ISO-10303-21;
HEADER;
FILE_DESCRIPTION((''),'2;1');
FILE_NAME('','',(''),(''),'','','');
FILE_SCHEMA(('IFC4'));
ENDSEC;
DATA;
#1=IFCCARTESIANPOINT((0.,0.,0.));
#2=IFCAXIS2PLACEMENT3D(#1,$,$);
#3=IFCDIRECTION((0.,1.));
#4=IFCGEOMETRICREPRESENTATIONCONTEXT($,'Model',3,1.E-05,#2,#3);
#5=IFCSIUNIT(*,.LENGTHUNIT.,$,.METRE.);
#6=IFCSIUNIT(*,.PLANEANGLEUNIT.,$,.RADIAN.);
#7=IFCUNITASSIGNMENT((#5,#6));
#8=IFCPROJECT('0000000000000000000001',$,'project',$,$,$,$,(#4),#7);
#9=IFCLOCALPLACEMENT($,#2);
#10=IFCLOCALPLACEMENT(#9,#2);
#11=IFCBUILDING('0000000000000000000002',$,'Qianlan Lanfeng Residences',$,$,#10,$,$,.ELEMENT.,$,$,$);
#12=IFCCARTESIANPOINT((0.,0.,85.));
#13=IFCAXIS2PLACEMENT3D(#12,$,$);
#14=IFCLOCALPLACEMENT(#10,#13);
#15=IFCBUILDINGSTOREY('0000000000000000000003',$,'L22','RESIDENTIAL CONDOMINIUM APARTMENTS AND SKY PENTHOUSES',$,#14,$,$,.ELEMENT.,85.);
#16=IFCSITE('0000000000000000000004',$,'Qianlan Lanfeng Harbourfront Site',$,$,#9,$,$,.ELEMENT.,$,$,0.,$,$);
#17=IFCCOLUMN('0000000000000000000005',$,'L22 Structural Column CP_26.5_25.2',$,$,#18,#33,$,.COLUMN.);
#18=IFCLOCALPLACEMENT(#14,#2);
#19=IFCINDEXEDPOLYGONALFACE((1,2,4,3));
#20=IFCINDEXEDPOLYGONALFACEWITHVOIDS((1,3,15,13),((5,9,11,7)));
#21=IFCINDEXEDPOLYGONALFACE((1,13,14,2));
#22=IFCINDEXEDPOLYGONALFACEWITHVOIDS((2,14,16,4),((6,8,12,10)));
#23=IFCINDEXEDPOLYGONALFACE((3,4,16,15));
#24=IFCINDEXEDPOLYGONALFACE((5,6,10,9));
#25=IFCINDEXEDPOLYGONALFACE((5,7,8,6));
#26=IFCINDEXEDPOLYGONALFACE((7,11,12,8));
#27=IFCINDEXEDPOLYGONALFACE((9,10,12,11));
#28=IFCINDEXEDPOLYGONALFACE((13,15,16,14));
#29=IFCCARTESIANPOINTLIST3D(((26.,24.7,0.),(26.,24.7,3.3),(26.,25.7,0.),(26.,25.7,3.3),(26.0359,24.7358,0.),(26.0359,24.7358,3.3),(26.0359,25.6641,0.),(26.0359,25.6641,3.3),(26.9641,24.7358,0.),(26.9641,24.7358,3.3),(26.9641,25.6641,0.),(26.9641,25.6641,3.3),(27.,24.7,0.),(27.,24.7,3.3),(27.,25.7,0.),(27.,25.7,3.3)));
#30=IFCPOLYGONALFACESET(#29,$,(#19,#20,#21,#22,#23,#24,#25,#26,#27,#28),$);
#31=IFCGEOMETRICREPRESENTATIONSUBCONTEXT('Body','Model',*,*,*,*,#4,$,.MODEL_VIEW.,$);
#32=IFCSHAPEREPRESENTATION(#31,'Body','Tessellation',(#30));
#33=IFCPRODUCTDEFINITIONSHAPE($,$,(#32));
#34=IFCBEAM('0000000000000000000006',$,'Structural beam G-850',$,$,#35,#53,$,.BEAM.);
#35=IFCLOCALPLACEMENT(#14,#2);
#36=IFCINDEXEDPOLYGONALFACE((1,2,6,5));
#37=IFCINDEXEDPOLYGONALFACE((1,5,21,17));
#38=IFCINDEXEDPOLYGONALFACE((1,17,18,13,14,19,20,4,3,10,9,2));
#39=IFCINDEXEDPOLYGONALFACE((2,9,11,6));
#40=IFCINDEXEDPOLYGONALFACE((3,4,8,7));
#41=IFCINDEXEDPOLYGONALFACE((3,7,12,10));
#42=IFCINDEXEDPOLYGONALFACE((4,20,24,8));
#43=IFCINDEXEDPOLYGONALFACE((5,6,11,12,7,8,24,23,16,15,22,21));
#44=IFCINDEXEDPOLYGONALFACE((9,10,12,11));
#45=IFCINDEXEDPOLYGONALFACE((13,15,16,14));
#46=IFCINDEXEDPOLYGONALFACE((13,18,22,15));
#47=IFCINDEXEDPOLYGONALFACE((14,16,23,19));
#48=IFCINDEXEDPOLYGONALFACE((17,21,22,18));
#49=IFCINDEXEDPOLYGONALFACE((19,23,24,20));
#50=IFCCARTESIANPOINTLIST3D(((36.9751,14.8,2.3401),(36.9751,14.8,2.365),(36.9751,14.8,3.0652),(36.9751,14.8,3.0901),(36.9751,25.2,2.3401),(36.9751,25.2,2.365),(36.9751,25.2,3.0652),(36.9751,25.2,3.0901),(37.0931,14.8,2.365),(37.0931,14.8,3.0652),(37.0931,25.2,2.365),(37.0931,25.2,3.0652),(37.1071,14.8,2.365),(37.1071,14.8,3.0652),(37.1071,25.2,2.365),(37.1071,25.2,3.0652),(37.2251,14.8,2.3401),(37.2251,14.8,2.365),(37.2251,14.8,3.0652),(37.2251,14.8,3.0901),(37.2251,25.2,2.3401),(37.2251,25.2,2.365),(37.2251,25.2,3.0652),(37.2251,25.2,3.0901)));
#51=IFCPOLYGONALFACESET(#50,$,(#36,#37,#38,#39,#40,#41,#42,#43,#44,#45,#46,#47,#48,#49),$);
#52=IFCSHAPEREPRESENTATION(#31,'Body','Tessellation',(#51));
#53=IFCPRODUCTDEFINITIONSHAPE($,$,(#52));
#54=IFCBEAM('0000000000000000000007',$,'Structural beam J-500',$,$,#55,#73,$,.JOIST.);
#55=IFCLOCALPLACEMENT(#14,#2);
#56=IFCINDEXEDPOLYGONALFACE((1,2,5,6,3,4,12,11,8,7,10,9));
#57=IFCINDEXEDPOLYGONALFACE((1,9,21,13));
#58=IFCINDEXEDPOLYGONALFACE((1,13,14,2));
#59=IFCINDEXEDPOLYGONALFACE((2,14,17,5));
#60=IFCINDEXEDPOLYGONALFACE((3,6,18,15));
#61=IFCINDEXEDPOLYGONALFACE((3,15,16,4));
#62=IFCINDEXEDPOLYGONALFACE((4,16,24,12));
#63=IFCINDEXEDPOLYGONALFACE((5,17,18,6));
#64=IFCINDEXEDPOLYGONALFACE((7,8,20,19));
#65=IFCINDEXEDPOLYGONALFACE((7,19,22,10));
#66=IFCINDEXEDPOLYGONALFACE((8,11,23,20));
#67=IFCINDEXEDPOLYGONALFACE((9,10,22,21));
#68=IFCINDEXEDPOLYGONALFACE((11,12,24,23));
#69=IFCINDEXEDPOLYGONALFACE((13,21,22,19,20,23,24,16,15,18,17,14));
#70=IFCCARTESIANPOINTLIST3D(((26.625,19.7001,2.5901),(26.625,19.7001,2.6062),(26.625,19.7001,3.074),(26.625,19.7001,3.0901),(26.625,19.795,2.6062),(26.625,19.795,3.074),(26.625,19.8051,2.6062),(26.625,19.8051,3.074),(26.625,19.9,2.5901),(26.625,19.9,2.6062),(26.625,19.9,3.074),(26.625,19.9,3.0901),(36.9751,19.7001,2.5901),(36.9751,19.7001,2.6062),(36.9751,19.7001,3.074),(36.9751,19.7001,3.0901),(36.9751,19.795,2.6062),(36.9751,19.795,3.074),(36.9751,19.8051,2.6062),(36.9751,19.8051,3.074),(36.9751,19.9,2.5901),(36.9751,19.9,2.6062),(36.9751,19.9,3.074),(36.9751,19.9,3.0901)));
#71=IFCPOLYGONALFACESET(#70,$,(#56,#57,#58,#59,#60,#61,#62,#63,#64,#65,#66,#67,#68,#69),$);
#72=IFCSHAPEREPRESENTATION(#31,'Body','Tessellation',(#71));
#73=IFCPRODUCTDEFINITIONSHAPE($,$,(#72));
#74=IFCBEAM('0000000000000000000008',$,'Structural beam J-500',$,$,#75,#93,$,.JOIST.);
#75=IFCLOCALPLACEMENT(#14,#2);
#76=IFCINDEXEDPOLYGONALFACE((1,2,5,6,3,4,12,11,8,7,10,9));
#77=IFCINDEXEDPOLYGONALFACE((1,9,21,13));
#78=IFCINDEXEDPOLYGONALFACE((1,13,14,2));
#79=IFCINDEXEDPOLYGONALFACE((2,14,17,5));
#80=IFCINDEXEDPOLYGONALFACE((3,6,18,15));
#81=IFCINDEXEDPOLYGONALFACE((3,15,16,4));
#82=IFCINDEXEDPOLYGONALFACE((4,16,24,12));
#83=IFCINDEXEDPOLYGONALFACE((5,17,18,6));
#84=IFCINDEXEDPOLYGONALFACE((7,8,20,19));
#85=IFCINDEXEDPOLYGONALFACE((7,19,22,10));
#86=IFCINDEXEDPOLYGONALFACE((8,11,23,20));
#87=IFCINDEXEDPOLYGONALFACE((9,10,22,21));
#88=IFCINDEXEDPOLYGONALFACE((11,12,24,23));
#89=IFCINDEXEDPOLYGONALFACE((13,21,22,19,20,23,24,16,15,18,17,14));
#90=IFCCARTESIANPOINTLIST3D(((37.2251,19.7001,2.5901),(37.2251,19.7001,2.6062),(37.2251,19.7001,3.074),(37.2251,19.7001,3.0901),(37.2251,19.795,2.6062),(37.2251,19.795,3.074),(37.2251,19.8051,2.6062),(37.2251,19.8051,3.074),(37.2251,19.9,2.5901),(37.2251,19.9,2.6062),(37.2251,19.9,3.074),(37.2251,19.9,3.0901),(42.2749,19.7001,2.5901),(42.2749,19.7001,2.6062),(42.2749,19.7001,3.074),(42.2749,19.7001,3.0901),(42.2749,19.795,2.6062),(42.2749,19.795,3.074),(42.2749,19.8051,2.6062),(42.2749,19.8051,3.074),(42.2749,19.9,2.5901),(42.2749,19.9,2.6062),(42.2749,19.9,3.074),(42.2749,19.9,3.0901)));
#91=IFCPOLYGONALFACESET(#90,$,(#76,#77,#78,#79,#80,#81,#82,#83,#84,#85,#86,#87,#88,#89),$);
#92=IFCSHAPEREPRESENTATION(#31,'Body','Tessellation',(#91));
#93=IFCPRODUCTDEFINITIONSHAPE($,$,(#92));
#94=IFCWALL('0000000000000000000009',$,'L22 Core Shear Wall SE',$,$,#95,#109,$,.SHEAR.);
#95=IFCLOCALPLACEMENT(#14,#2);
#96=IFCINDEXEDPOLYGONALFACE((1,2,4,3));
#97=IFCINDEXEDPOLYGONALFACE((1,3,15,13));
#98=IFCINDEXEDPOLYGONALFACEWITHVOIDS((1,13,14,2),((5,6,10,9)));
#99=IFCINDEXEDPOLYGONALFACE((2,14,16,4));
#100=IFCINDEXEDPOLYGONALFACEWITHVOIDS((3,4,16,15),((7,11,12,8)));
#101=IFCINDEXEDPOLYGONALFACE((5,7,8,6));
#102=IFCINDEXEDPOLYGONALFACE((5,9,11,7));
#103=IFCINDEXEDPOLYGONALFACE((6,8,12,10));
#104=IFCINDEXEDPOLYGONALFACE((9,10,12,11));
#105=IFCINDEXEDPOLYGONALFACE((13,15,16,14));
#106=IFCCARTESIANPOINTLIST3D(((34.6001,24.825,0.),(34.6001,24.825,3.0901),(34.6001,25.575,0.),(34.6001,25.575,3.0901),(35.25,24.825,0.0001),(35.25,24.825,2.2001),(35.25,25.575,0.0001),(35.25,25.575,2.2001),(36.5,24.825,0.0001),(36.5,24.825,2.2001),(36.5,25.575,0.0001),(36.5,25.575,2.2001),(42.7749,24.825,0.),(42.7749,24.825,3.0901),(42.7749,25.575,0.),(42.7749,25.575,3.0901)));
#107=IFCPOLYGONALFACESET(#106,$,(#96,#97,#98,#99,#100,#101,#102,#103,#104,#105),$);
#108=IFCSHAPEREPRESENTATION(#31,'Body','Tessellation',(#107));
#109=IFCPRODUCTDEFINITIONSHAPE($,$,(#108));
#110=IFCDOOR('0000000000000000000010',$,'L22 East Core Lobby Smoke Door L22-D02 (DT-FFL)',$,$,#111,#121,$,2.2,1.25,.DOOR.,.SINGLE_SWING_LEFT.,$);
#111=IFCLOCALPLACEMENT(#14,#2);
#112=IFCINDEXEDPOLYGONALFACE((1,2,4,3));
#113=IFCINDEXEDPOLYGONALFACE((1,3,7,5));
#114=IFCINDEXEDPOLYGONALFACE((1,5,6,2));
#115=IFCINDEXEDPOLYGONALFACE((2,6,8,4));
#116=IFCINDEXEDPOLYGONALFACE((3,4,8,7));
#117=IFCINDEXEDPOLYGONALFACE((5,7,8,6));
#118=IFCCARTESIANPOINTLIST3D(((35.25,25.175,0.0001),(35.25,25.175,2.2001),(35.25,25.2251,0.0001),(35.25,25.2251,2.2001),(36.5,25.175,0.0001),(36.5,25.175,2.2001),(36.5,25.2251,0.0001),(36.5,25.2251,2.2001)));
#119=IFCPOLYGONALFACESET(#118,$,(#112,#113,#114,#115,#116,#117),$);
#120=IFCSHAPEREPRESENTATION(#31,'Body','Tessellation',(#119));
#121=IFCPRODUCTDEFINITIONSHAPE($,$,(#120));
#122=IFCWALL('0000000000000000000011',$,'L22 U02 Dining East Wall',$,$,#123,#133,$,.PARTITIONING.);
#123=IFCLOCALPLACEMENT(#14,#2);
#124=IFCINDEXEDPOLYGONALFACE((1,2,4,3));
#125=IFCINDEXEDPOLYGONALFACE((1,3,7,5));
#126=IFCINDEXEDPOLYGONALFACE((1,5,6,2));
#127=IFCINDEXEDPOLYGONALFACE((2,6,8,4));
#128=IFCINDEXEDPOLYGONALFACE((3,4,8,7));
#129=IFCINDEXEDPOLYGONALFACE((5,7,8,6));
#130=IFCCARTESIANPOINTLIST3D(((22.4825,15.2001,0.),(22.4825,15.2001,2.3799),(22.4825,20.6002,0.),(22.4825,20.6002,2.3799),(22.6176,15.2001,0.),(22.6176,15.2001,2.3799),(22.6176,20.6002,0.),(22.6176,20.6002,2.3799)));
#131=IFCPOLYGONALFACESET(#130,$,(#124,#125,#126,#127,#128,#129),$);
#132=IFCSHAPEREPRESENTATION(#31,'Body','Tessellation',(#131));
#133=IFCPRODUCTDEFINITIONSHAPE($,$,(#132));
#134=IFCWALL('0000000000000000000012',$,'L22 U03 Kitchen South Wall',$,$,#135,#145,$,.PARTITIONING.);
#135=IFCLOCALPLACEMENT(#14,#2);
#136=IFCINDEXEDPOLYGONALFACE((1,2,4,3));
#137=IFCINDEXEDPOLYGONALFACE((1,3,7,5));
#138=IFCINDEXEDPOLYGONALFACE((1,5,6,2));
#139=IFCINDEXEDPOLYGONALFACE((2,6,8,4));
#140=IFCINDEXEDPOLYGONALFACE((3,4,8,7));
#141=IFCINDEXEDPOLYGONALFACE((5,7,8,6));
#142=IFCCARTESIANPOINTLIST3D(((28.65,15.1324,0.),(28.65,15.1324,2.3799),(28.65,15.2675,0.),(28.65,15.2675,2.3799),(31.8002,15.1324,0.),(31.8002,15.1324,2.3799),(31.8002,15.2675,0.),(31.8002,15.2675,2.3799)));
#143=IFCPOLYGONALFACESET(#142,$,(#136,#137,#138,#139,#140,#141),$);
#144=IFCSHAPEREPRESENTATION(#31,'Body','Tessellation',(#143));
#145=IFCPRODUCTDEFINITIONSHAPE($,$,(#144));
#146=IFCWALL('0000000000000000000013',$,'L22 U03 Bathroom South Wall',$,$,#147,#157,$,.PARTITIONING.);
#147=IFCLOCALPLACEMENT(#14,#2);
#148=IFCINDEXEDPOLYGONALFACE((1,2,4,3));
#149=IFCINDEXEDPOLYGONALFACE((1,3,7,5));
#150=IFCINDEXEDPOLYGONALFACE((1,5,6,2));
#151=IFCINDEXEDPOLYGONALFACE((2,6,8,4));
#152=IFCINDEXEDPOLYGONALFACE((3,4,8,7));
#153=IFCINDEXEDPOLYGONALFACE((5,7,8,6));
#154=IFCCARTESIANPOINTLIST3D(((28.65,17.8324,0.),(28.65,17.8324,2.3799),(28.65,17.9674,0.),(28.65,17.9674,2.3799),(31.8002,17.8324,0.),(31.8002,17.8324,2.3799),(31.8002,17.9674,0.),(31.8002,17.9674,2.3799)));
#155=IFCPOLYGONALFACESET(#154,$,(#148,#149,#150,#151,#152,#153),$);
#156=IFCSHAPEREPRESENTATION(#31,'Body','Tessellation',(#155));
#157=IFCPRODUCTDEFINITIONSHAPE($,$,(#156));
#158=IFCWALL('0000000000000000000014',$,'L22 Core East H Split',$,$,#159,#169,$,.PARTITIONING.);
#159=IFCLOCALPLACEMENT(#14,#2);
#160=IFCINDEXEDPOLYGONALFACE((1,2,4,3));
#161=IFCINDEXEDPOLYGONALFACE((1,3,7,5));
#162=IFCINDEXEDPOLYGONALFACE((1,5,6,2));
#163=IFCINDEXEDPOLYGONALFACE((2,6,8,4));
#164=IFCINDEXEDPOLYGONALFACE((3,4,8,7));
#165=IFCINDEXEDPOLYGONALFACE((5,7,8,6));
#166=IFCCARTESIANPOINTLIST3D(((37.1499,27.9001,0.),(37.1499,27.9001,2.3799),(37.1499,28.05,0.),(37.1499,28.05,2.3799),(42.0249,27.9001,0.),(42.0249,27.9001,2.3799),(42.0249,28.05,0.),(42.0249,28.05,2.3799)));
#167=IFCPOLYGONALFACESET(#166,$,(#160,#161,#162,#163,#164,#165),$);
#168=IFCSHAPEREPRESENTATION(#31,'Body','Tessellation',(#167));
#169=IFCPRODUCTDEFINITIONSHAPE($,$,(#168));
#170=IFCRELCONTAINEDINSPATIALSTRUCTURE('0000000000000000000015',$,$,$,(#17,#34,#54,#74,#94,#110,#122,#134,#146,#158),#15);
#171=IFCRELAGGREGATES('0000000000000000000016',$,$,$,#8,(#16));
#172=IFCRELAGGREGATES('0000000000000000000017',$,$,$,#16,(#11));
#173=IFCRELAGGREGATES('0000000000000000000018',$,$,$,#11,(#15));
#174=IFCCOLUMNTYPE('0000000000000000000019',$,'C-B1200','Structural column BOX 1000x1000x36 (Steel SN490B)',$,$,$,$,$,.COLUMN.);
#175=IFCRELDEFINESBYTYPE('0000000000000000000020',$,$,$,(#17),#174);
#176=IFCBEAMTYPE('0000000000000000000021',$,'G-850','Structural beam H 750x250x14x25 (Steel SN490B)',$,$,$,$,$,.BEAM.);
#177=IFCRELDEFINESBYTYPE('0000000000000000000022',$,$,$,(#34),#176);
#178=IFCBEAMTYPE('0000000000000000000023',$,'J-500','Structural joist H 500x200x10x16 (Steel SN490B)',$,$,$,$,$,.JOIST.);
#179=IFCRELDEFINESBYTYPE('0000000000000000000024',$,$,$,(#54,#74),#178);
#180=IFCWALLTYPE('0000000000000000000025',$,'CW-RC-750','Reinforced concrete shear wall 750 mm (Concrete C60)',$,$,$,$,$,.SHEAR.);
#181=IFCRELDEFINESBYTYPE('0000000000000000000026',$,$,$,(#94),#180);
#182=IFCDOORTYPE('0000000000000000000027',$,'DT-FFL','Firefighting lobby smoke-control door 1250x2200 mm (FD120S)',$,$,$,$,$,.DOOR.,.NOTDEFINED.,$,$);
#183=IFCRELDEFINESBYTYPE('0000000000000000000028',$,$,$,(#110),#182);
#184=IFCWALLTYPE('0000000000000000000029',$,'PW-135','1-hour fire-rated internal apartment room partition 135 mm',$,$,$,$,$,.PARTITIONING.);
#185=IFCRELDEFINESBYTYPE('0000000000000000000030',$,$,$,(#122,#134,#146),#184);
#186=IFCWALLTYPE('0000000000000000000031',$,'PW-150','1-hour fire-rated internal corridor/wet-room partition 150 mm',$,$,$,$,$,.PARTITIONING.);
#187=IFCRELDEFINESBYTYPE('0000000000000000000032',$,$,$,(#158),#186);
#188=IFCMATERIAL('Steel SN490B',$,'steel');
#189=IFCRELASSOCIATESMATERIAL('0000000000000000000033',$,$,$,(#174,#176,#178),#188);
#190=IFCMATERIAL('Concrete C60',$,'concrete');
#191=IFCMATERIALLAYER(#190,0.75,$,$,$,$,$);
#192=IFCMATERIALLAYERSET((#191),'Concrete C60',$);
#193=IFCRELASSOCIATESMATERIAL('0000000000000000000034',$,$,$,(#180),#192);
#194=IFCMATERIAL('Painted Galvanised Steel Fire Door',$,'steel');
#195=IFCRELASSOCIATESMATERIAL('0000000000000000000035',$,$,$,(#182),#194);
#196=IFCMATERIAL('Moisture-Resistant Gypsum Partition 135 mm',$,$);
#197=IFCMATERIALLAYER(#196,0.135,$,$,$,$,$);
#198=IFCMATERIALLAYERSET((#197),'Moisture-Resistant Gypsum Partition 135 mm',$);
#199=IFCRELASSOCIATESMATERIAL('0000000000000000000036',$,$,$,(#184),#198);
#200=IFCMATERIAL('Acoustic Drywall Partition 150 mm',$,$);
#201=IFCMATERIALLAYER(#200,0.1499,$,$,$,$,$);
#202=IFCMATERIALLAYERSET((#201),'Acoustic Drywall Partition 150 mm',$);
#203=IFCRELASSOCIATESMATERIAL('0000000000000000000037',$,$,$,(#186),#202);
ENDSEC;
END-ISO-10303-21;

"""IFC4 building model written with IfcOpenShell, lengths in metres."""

from ifc_helpers import new_model, si_unit, direction, frame, frame_2d, origin, origin_2d, place, context, subcontext, project, spatial, rectangle, hollow_rectangle, i_section, extrude, material, layer, layer_set, material_profile, profile_set, type_object, element, fill, save


model = new_model("IFC4")

# Units and contexts
model_context = context("Model", 3, precision=1e-05, world=origin(), true_north=direction((0.0, 1.0)))
body_context = subcontext(model_context, "Body", "Model", "MODEL_VIEW")
ifc_project = project(units=[si_unit("LENGTHUNIT", "METRE"), si_unit("PLANEANGLEUNIT", "RADIAN")], contexts=[model_context])

# Site, building, storey
site_placement = place(None, origin())
site = spatial("IfcSite", under=ifc_project, at=site_placement, Name="Qianlan Lanfeng Harbourfront Site", CompositionType="ELEMENT", RefElevation=0.0)
building_placement = place(site_placement, origin())
building = spatial("IfcBuilding", under=site, at=building_placement, Name="Qianlan Lanfeng Residences", CompositionType="ELEMENT")
storey_placement = place(building_placement, frame((0.0, 0.0, 85.0)))
storey = spatial("IfcBuildingStorey", under=building, at=storey_placement, Name="L22", Description="RESIDENTIAL CONDOMINIUM APARTMENTS AND SKY PENTHOUSES", CompositionType="ELEMENT", Elevation=85.0)

# Column
ifc_material_1 = material(Name="Steel SN490B", Category="steel")
ifc_material_profile_1 = material_profile(ifc_material_1, hollow_rectangle(XDim=1.0, YDim=1.0, WallThickness=0.0359, at=origin_2d()), Name="BOX 1000x1000x36")
ifc_profile_set_1 = profile_set([ifc_material_profile_1], Name="Steel SN490B")
column_type = type_object("IfcColumnType", Name="C-B1200", Description="Structural column BOX 1000x1000x36 (Steel SN490B)", PredefinedType="COLUMN", material=ifc_profile_set_1)
column_placement = place(storey_placement, frame((26.5, 25.2, 0.0), z_axis=(0.0, 0.0, 1.0), x_axis=(1.0, 0.0, 0.0)))
element("IfcColumn", 1, at=column_placement, inside=storey, type_object=column_type, Name="L22 Structural Column CP_26.5_25.2", PredefinedType="COLUMN", context=body_context, shape_type="SweptSolid", body=[
    extrude(hollow_rectangle(XDim=1.0, YDim=1.0, WallThickness=0.0359, at=origin_2d()), origin(), (0.0, 0.0, 1.0), 3.3),
])

# Beams
ifc_material_profile_2 = material_profile(ifc_material_1, i_section(OverallWidth=0.25, OverallDepth=0.75, WebThickness=0.0139, FlangeThickness=0.0249, at=origin_2d()), Name="H 750x250x14x25")
ifc_profile_set_2 = profile_set([ifc_material_profile_2], Name="Steel SN490B")
beam_type_1 = type_object("IfcBeamType", Name="G-850", Description="Structural beam H 750x250x14x25 (Steel SN490B)", PredefinedType="BEAM", material=ifc_profile_set_2)
beam_1_placement = place(storey_placement, frame((37.1001, 14.8, 2.7151), z_axis=(0.0, 1.0, 0.0), x_axis=(-1.0, 0.0, 0.0)))
element("IfcBeam", 2, at=beam_1_placement, inside=storey, type_object=beam_type_1, Name="Structural beam G-850", PredefinedType="BEAM", context=body_context, shape_type="SweptSolid", body=[
    extrude(i_section(OverallWidth=0.25, OverallDepth=0.75, WebThickness=0.0139, FlangeThickness=0.0249, at=origin_2d()), origin(), (0.0, 0.0, 1.0), 10.3999),
])
ifc_material_profile_3 = material_profile(ifc_material_1, i_section(OverallWidth=0.2, OverallDepth=0.5, WebThickness=0.01, FlangeThickness=0.0161, at=origin_2d()), Name="H 500x200x10x16")
ifc_profile_set_3 = profile_set([ifc_material_profile_3], Name="Steel SN490B")
beam_type_2 = type_object("IfcBeamType", Name="J-500", Description="Structural joist H 500x200x10x16 (Steel SN490B)", PredefinedType="JOIST", material=ifc_profile_set_3)
beam_2_placement = place(storey_placement, frame((26.625, 19.8, 2.8401), z_axis=(1.0, 0.0, 0.0), x_axis=(0.0, 1.0, 0.0)))
element("IfcBeam", 3, at=beam_2_placement, inside=storey, type_object=beam_type_2, Name="Structural beam J-500", PredefinedType="JOIST", context=body_context, shape_type="SweptSolid", body=[
    extrude(i_section(OverallWidth=0.2, OverallDepth=0.5, WebThickness=0.01, FlangeThickness=0.0161, at=origin_2d()), origin(), (0.0, 0.0, 1.0), 10.3501),
])
beam_3_placement = place(storey_placement, frame((37.2251, 19.8, 2.8401), z_axis=(1.0, 0.0, 0.0), x_axis=(0.0, 1.0, 0.0)))
element("IfcBeam", 4, at=beam_3_placement, inside=storey, type_object=beam_type_2, Name="Structural beam J-500", PredefinedType="JOIST", context=body_context, shape_type="SweptSolid", body=[
    extrude(i_section(OverallWidth=0.2, OverallDepth=0.5, WebThickness=0.01, FlangeThickness=0.0161, at=origin_2d()), origin(), (0.0, 0.0, 1.0), 5.0498),
])

# Wall, opening, door
ifc_material_2 = material(Name="Concrete C60", Category="concrete")
ifc_layer_1 = layer(ifc_material_2, 0.75)
ifc_layer_set_1 = layer_set([ifc_layer_1], Name="Concrete C60")
wall_type_1 = type_object("IfcWallType", Name="CW-RC-750", Description="Reinforced concrete shear wall 750 mm (Concrete C60)", PredefinedType="SHEAR", material=ifc_layer_set_1)
wall_1_placement = place(storey_placement, frame((34.6001, 25.2, 0.0), z_axis=(0.0, 0.0, 1.0), x_axis=(1.0, 0.0, 0.0)))
wall_1 = element("IfcWall", 5, at=wall_1_placement, inside=storey, type_object=wall_type_1, Name="L22 Core Shear Wall SE", PredefinedType="SHEAR", context=body_context, shape_type="SweptSolid", body=[
    extrude(rectangle(XDim=8.1748, YDim=0.75, at=frame_2d((4.0874, 0.0))), origin(), (0.0, 0.0, 1.0), 3.0901),
])
opening_1_placement = place(wall_1_placement, frame((0.6499, 0.0, 0.0)))
opening_1 = element("IfcOpeningElement", 6, at=opening_1_placement, cuts=wall_1, PredefinedType="OPENING", context=body_context, shape_type="SweptSolid", body=[
    extrude(rectangle(XDim=1.25, YDim=2.2, at=frame_2d((0.625, 1.1001))), frame((0.0, 0.385, 0.0), z_axis=(0.0, -1.0, 0.0), x_axis=(1.0, 0.0, 0.0)), (0.0, 0.0, 1.0), 0.77),
])
ifc_material_3 = material(Name="Painted Galvanised Steel Fire Door", Category="steel")
door_type_1 = type_object("IfcDoorType", Name="DT-FFL", Description="Firefighting lobby smoke-control door 1250x2200 mm (FD120S)", OperationType="NOTDEFINED", PredefinedType="DOOR", material=ifc_material_3)
door_1_placement = place(opening_1_placement, frame((1.25, 0.0, 0.0), z_axis=(0.0, 0.0, 1.0), x_axis=(-1.0, 0.0, 0.0)))
door_1 = element("IfcDoor", 7, at=door_1_placement, inside=storey, type_object=door_type_1, Name="L22 East Core Lobby Smoke Door L22-D02 (DT-FFL)", OperationType="SINGLE_SWING_LEFT", OverallHeight=2.2, OverallWidth=1.25, PredefinedType="DOOR", context=body_context, shape_type="SweptSolid", body=[
    extrude(rectangle(XDim=1.25, YDim=2.2, at=frame_2d((0.625, 1.1001))), frame((0.0, 0.0249, 0.0), z_axis=(0.0, -1.0, 0.0), x_axis=(1.0, 0.0, 0.0)), (0.0, 0.0, 1.0), 0.05),
])
fill(opening_1, door_1)

# Walls
ifc_material_4 = material(Name="Moisture-Resistant Gypsum Partition 135 mm")
ifc_layer_2 = layer(ifc_material_4, 0.135)
ifc_layer_set_2 = layer_set([ifc_layer_2], Name="Moisture-Resistant Gypsum Partition 135 mm")
wall_type_2 = type_object("IfcWallType", Name="PW-135", Description="1-hour fire-rated internal apartment room partition 135 mm", PredefinedType="PARTITIONING", material=ifc_layer_set_2)
wall_2_placement = place(storey_placement, frame((22.55, 15.2, 0.0), z_axis=(0.0, 0.0, 1.0), x_axis=(0.0, 1.0, 0.0)))
element("IfcWall", 8, at=wall_2_placement, inside=storey, type_object=wall_type_2, Name="L22 U02 Dining East Wall", PredefinedType="PARTITIONING", context=body_context, shape_type="SweptSolid", body=[
    extrude(rectangle(XDim=5.4001, YDim=0.135, at=frame_2d((2.7002, 0.0))), origin(), (0.0, 0.0, 1.0), 2.3799),
])
for number, where, z_axis, x_axis, name in (
    (9, (28.6499, 15.2, 0.0), (0.0, 0.0, 1.0), (1.0, 0.0, 0.0), "L22 U03 Kitchen South Wall"),
    (10, (28.6499, 17.8999, 0.0), (0.0, 0.0, 1.0), (1.0, 0.0, 0.0), "L22 U03 Bathroom South Wall"),
):
    element("IfcWall", number, at=place(storey_placement, frame(where, z_axis=z_axis, x_axis=x_axis)), inside=storey, type_object=wall_type_2, Name=name, PredefinedType="PARTITIONING", context=body_context, shape_type="SweptSolid", body=[
        extrude(rectangle(XDim=3.1501, YDim=0.135, at=frame_2d((1.5752, 0.0))), origin(), (0.0, 0.0, 1.0), 2.3799),
    ])
ifc_material_5 = material(Name="Acoustic Drywall Partition 150 mm")
ifc_layer_3 = layer(ifc_material_5, 0.1499)
ifc_layer_set_3 = layer_set([ifc_layer_3], Name="Acoustic Drywall Partition 150 mm")
wall_type_3 = type_object("IfcWallType", Name="PW-150", Description="1-hour fire-rated internal corridor/wet-room partition 150 mm", PredefinedType="PARTITIONING", material=ifc_layer_set_3)
wall_3_placement = place(storey_placement, frame((37.1499, 27.9751, 0.0), z_axis=(0.0, 0.0, 1.0), x_axis=(1.0, 0.0, 0.0)))
element("IfcWall", 11, at=wall_3_placement, inside=storey, type_object=wall_type_3, Name="L22 Core East H Split", PredefinedType="PARTITIONING", context=body_context, shape_type="SweptSolid", body=[
    extrude(rectangle(XDim=4.875, YDim=0.1499, at=frame_2d((2.4375, 0.0))), origin(), (0.0, 0.0, 1.0), 2.3799),
])

save(model, "model.ifc")
